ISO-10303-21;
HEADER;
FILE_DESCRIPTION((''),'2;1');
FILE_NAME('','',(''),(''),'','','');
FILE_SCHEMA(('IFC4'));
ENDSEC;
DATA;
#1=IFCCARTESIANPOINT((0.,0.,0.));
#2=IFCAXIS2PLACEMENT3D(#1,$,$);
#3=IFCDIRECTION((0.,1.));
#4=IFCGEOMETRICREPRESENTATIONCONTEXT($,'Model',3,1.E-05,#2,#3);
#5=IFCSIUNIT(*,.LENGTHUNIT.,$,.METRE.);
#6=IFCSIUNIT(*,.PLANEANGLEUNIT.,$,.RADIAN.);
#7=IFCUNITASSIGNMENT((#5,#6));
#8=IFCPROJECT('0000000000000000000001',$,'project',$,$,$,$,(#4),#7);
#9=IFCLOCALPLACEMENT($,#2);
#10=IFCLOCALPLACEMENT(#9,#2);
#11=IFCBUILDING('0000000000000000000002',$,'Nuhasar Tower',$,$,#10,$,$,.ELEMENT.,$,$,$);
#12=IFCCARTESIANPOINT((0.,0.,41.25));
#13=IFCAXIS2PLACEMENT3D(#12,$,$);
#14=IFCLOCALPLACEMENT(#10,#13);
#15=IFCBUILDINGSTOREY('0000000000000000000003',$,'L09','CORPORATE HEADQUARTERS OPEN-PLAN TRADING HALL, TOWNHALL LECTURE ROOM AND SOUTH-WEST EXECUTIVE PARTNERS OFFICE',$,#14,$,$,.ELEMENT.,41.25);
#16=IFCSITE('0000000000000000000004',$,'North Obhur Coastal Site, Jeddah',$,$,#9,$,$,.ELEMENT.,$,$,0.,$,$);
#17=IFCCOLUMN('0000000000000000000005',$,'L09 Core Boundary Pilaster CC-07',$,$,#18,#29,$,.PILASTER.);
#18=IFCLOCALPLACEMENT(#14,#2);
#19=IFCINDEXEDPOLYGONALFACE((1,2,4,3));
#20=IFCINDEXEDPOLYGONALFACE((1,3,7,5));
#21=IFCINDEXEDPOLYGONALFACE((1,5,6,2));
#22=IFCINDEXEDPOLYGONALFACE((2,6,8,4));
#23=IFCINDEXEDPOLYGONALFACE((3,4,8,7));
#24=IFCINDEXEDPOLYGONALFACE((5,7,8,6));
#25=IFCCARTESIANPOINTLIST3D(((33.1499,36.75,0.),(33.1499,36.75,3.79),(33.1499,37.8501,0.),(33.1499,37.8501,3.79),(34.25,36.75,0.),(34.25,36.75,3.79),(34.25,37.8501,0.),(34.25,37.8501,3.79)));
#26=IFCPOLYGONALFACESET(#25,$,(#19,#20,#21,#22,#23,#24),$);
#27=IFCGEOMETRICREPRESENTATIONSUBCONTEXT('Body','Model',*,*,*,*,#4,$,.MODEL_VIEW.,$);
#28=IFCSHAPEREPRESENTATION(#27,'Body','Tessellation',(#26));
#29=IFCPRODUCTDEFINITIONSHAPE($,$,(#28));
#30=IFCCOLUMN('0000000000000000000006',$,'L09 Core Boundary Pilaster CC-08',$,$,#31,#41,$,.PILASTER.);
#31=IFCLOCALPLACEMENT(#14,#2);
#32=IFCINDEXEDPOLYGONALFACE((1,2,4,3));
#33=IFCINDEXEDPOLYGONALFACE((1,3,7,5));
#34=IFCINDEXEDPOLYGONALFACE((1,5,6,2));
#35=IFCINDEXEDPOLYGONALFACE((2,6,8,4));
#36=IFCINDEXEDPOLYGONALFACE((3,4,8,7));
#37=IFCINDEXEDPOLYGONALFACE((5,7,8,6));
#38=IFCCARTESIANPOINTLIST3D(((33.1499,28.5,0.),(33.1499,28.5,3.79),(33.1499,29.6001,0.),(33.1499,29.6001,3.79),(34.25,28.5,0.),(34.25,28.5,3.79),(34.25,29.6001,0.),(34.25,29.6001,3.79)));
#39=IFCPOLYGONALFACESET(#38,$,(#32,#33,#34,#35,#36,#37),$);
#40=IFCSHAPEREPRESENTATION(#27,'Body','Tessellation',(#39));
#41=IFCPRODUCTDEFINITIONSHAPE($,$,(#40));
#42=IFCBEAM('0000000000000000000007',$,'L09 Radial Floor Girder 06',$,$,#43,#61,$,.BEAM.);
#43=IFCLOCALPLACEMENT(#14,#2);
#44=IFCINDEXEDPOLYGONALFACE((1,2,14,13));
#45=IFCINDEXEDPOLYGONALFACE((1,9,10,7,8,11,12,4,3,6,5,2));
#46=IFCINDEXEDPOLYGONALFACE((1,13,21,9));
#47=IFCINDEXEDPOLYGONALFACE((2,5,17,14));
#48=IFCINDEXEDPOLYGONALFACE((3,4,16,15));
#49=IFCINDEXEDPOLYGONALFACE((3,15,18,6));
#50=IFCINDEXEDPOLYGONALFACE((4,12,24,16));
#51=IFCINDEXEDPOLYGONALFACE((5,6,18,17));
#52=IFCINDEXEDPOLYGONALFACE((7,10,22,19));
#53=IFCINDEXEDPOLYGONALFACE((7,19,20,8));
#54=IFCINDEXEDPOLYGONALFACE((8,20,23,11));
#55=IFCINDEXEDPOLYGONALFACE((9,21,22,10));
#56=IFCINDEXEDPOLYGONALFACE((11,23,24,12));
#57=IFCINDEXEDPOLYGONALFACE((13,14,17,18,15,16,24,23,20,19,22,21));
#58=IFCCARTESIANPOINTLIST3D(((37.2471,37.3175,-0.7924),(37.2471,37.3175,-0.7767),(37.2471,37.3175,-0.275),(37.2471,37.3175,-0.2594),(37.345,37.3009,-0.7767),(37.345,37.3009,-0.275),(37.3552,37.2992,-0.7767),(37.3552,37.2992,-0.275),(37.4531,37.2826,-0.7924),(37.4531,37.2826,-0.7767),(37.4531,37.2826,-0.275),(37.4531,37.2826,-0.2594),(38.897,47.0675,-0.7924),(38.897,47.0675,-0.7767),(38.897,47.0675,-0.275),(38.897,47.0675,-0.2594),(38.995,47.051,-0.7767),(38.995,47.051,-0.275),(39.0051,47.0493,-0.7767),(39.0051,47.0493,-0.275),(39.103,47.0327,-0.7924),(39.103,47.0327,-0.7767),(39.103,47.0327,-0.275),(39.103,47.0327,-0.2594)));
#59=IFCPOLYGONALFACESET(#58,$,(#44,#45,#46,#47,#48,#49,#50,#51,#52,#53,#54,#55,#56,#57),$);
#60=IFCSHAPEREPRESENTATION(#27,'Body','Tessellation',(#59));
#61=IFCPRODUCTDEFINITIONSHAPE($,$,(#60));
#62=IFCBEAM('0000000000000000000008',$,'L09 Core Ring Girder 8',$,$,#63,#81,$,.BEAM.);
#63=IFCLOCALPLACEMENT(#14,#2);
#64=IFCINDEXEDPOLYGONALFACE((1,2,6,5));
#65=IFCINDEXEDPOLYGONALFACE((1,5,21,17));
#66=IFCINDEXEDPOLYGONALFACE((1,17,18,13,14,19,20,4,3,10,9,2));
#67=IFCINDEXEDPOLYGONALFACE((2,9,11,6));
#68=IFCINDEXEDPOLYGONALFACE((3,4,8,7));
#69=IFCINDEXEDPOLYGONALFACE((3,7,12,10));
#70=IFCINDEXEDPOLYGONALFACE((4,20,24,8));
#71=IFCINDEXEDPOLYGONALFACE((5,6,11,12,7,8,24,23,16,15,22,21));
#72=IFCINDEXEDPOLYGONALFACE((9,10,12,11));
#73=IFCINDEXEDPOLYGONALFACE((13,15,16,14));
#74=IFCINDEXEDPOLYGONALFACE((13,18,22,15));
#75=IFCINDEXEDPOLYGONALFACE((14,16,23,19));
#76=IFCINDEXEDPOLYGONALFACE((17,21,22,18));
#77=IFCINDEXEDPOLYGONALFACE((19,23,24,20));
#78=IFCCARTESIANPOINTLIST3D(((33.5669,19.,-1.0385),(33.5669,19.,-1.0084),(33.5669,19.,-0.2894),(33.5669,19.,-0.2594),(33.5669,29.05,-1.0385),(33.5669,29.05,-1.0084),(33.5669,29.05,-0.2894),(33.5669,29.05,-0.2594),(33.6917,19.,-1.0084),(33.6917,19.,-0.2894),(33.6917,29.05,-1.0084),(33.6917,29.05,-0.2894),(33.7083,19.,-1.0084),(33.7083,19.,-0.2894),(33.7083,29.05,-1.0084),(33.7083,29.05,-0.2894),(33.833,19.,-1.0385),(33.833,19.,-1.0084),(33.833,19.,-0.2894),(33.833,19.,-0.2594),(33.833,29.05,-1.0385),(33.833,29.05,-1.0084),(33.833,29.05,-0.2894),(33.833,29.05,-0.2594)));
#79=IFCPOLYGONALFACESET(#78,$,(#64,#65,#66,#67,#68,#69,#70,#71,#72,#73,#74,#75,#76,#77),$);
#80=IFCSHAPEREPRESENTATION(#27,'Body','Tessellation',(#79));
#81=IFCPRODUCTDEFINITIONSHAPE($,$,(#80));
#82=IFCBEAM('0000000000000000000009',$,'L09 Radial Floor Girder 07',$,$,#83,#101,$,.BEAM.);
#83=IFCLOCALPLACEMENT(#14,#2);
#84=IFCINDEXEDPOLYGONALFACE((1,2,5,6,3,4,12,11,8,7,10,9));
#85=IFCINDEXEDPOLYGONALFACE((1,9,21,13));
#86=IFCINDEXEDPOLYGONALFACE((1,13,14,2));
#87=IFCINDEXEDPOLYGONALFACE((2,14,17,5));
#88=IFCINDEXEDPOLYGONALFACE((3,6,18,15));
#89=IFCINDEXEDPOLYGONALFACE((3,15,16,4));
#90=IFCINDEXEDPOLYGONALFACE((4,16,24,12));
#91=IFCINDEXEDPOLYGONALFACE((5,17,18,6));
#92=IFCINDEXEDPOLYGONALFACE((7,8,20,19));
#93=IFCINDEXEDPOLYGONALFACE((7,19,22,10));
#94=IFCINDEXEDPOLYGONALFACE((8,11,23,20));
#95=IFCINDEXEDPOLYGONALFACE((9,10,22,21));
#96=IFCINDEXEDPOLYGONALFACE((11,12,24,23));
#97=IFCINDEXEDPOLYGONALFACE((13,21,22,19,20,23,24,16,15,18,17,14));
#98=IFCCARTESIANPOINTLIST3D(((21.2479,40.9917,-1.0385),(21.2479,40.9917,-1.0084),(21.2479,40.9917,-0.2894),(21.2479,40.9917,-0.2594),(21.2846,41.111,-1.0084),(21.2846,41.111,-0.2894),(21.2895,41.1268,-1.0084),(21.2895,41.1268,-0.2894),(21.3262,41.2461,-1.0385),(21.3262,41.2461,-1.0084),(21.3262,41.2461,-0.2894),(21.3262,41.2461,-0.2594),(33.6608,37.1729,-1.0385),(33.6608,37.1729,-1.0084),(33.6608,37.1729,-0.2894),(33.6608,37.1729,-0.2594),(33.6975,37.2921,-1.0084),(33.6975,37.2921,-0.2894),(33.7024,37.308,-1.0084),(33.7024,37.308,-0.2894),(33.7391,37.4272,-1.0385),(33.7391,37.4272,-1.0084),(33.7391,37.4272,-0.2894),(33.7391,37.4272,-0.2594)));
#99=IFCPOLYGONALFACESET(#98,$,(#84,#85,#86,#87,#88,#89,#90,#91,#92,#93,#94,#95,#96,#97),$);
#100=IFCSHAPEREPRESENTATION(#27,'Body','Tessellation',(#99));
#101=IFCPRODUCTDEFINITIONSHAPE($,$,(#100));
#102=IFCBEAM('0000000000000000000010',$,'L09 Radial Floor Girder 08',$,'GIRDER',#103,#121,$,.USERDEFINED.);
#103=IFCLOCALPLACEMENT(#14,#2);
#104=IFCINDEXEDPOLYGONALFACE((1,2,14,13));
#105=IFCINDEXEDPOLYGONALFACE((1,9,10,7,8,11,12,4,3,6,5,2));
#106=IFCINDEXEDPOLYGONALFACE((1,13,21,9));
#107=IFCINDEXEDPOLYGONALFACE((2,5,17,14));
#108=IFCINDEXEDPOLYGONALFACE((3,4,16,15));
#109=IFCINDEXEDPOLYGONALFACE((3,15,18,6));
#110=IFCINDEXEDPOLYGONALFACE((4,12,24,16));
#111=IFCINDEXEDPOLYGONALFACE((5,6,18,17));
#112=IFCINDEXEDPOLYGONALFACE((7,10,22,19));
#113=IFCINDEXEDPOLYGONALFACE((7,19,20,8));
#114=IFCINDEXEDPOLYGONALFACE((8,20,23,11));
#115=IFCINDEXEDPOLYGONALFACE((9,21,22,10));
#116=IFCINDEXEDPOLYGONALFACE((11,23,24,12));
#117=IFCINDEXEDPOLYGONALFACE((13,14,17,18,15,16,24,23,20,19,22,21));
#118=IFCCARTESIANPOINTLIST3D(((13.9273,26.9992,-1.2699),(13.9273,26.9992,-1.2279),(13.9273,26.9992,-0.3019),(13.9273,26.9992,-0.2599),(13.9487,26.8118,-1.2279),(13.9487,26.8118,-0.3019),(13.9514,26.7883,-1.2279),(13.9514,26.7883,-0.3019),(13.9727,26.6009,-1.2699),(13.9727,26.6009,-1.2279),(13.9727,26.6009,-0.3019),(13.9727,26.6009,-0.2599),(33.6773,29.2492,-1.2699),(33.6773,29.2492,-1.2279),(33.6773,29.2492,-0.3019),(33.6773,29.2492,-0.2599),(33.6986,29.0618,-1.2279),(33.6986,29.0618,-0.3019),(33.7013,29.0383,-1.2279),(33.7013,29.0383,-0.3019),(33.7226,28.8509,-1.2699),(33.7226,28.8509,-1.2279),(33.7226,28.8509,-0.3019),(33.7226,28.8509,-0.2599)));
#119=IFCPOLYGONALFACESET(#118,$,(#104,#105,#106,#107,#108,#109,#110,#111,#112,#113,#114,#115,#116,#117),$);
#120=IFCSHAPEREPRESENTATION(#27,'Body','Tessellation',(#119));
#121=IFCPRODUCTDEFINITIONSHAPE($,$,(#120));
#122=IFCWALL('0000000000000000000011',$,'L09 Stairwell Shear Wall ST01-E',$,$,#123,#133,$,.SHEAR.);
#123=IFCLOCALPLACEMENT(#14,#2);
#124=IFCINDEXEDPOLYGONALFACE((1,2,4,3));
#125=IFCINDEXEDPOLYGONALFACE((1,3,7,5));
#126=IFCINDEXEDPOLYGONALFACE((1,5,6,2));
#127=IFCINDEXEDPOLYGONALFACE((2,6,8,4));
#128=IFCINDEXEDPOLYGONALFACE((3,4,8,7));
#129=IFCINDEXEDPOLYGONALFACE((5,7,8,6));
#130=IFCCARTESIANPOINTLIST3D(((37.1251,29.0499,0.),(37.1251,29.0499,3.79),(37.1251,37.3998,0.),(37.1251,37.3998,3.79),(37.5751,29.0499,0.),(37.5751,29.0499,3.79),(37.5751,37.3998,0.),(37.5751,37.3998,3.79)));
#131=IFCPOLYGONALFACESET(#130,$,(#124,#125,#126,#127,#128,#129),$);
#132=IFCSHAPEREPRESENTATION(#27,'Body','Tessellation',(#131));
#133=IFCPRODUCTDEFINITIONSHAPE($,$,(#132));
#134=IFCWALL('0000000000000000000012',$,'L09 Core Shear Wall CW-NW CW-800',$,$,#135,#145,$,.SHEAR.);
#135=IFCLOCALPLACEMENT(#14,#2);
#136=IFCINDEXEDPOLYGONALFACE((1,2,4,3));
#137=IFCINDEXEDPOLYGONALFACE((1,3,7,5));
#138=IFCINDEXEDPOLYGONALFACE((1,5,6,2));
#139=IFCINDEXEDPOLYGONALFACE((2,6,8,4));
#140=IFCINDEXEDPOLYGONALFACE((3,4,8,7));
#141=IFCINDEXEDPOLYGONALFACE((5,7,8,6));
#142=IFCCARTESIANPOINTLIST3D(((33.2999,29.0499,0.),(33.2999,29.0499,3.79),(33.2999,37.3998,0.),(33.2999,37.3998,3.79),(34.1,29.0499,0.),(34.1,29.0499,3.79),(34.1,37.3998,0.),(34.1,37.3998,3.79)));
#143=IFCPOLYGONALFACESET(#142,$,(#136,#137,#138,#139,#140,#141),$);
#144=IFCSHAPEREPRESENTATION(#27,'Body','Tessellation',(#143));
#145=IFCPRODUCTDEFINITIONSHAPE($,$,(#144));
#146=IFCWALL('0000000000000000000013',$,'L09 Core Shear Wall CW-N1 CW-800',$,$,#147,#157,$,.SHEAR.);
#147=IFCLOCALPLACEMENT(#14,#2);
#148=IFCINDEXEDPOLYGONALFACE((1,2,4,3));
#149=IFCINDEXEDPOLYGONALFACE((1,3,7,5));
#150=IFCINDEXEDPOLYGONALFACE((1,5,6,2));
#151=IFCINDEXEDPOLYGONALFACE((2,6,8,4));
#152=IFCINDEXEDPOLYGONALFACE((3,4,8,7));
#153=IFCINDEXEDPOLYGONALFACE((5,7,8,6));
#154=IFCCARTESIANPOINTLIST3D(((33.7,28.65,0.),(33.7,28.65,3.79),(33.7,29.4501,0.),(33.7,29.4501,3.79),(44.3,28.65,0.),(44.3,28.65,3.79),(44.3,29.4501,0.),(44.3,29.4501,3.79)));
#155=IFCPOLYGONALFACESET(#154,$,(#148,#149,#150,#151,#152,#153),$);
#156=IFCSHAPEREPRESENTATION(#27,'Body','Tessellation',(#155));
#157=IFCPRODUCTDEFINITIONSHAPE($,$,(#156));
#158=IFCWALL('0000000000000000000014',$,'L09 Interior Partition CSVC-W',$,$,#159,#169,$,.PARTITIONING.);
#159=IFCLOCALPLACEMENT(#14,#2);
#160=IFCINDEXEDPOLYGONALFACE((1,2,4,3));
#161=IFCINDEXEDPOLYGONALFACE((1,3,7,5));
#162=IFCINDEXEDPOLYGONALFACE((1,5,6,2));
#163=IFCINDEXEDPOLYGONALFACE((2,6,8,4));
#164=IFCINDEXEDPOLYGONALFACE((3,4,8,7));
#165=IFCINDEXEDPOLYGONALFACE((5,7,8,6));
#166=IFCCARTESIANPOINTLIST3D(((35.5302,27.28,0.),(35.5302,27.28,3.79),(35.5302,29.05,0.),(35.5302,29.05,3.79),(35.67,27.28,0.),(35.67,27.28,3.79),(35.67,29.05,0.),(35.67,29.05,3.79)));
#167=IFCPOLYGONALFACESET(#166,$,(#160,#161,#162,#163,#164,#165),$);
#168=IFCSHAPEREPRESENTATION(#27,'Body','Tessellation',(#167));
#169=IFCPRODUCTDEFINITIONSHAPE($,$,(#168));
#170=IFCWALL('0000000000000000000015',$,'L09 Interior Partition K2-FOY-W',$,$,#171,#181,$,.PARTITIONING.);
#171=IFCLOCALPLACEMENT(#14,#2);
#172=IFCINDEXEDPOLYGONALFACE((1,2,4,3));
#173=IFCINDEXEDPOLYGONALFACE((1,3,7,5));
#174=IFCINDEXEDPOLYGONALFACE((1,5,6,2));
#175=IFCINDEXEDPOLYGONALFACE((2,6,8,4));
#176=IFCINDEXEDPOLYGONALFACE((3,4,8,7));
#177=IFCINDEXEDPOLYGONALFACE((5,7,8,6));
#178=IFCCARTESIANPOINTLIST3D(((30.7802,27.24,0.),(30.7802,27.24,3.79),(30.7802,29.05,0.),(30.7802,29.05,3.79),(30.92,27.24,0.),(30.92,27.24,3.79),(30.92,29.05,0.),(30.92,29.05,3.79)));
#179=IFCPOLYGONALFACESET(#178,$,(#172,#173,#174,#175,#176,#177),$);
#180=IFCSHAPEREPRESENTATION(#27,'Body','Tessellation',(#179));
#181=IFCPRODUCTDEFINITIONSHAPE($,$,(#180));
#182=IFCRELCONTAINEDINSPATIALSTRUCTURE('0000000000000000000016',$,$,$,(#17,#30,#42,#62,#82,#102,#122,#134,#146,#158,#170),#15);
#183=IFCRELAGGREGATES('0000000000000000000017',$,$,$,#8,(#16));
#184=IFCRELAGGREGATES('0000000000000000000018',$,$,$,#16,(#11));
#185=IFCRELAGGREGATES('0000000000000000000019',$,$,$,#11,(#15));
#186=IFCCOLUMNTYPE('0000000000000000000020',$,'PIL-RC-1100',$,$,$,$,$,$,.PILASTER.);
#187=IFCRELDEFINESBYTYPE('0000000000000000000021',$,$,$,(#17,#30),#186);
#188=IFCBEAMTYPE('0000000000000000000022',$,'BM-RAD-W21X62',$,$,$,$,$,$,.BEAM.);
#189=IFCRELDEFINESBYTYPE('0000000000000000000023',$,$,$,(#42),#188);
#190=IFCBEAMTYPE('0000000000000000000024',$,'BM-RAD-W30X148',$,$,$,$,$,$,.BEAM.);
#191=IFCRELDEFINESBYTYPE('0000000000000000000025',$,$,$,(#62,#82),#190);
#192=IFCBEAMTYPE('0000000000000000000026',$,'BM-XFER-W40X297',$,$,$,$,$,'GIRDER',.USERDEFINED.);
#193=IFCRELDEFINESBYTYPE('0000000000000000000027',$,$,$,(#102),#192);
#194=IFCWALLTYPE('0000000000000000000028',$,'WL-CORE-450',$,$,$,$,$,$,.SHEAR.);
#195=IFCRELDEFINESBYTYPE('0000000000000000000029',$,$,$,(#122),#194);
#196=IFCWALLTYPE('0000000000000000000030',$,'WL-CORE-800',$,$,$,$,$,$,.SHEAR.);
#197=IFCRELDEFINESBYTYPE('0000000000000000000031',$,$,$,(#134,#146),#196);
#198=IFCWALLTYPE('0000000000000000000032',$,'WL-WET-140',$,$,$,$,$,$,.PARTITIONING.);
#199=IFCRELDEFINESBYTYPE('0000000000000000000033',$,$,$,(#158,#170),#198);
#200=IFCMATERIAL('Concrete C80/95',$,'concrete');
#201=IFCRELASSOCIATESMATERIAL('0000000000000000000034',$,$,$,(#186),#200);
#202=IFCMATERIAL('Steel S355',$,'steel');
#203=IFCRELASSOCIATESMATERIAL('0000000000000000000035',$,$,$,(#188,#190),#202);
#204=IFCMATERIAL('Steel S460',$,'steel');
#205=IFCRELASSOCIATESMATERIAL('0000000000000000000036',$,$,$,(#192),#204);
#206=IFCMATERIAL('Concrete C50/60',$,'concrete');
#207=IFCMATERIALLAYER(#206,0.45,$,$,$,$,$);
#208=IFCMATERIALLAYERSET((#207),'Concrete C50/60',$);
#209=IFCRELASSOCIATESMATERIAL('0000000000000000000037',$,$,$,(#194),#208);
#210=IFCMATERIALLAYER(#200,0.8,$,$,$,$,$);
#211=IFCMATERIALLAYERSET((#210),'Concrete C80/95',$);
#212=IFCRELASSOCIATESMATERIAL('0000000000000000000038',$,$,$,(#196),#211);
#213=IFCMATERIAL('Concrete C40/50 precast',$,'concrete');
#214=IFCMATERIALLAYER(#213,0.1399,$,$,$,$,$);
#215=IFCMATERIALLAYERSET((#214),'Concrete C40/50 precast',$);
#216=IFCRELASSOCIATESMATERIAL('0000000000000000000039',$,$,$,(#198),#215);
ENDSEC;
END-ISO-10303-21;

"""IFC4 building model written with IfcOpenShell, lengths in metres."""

from ifc_helpers import new_model, si_unit, direction, frame, frame_2d, origin, origin_2d, place, context, subcontext, project, spatial, rectangle, i_section, extrude, material, layer, layer_set, material_profile, profile_set, type_object, element, save


model = new_model("IFC4")

# Units and contexts
model_context = context("Model", 3, precision=1e-05, world=origin(), true_north=direction((0.0, 1.0)))
body_context = subcontext(model_context, "Body", "Model", "MODEL_VIEW")
ifc_project = project(units=[si_unit("LENGTHUNIT", "METRE"), si_unit("PLANEANGLEUNIT", "RADIAN")], contexts=[model_context])

# Site, building, storey
site_placement = place(None, origin())
site = spatial("IfcSite", under=ifc_project, at=site_placement, Name="North Obhur Coastal Site, Jeddah", CompositionType="ELEMENT", RefElevation=0.0)
building_placement = place(site_placement, origin())
building = spatial("IfcBuilding", under=site, at=building_placement, Name="Nuhasar Tower", CompositionType="ELEMENT")
storey_placement = place(building_placement, frame((0.0, 0.0, 41.25)))
storey = spatial("IfcBuildingStorey", under=building, at=storey_placement, Name="L09", Description="CORPORATE HEADQUARTERS OPEN-PLAN TRADING HALL, TOWNHALL LECTURE ROOM AND SOUTH-WEST EXECUTIVE PARTNERS OFFICE", CompositionType="ELEMENT", Elevation=41.25)

# Columns
ifc_material_1 = material(Name="Concrete C80/95", Category="concrete")
ifc_material_profile_1 = material_profile(ifc_material_1, rectangle(XDim=1.1001, YDim=1.1001, at=origin_2d()), Name="RC1100X1100")
ifc_profile_set_1 = profile_set([ifc_material_profile_1], Name="Concrete C80/95")
column_type = type_object("IfcColumnType", Name="PIL-RC-1100", PredefinedType="PILASTER", material=ifc_profile_set_1)
for number, where, z_axis, x_axis, name in (
    (1, (33.7, 37.3, 0.0), (0.0, 0.0, 1.0), (1.0, 0.0, 0.0), "L09 Core Boundary Pilaster CC-07"),
    (2, (33.7, 29.05, 0.0), (0.0, 0.0, 1.0), (1.0, 0.0, 0.0), "L09 Core Boundary Pilaster CC-08"),
):
    element("IfcColumn", number, at=place(storey_placement, frame(where, z_axis=z_axis, x_axis=x_axis)), inside=storey, type_object=column_type, Name=name, PredefinedType="PILASTER", context=body_context, shape_type="SweptSolid", body=[
        extrude(rectangle(XDim=1.1001, YDim=1.1001, at=origin_2d()), origin(), (0.0, 0.0, 1.0), 3.79),
    ])

# Beams
ifc_material_2 = material(Name="Steel S355", Category="steel")
ifc_material_profile_2 = material_profile(ifc_material_2, i_section(OverallWidth=0.209, OverallDepth=0.533, WebThickness=0.0103, FlangeThickness=0.0156, at=origin_2d()), Name="W21X62")
ifc_profile_set_2 = profile_set([ifc_material_profile_2], Name="Steel S355")
beam_type_1 = type_object("IfcBeamType", Name="BM-RAD-W21X62", PredefinedType="BEAM", material=ifc_profile_set_2)
beam_1_placement = place(storey_placement, frame((37.3501, 37.3, -0.5259), z_axis=(0.166849, 0.985983, 0.0), x_axis=(-0.985983, 0.166849, 0.0)))
element("IfcBeam", 3, at=beam_1_placement, inside=storey, type_object=beam_type_1, Name="L09 Radial Floor Girder 06", PredefinedType="BEAM", context=body_context, shape_type="SweptSolid", body=[
    extrude(i_section(OverallWidth=0.209, OverallDepth=0.533, WebThickness=0.0103, FlangeThickness=0.0156, at=origin_2d()), origin(), (0.0, 0.0, 1.0), 9.8887),
])
ifc_material_profile_3 = material_profile(ifc_material_2, i_section(OverallWidth=0.2661, OverallDepth=0.7791, WebThickness=0.0166, FlangeThickness=0.03, at=origin_2d()), Name="W30X148")
ifc_profile_set_3 = profile_set([ifc_material_profile_3], Name="Steel S355")
beam_type_2 = type_object("IfcBeamType", Name="BM-RAD-W30X148", PredefinedType="BEAM", material=ifc_profile_set_3)
beam_2_placement = place(storey_placement, frame((33.7, 29.05, -0.6489), z_axis=(0.0, -1.0, 0.0), x_axis=(1.0, 0.0, 0.0)))
element("IfcBeam", 4, at=beam_2_placement, inside=storey, type_object=beam_type_2, Name="L09 Core Ring Girder 8", PredefinedType="BEAM", context=body_context, shape_type="SweptSolid", body=[
    extrude(i_section(OverallWidth=0.2661, OverallDepth=0.7791, WebThickness=0.0166, FlangeThickness=0.03, at=origin_2d()), origin(), (0.0, 0.0, 1.0), 10.05),
])
beam_3_placement = place(storey_placement, frame((33.7, 37.3, -0.6489), z_axis=(-0.95579, 0.294052, 0.0), x_axis=(-0.294052, -0.95579, 0.0)))
element("IfcBeam", 5, at=beam_3_placement, inside=storey, type_object=beam_type_2, Name="L09 Radial Floor Girder 07", PredefinedType="BEAM", context=body_context, shape_type="SweptSolid", body=[
    extrude(i_section(OverallWidth=0.2661, OverallDepth=0.7791, WebThickness=0.0166, FlangeThickness=0.03, at=origin_2d()), origin(), (0.0, 0.0, 1.0), 12.9871),
])
ifc_material_3 = material(Name="Steel S460", Category="steel")
ifc_material_profile_4 = material_profile(ifc_material_3, i_section(OverallWidth=0.4009, OverallDepth=1.01, WebThickness=0.0237, FlangeThickness=0.042, at=origin_2d()), Name="W40X297")
ifc_profile_set_4 = profile_set([ifc_material_profile_4], Name="Steel S460")
beam_type_3 = type_object("IfcBeamType", Name="BM-XFER-W40X297", ElementType="GIRDER", PredefinedType="USERDEFINED", material=ifc_profile_set_4)
beam_4_placement = place(storey_placement, frame((33.7, 29.05, -0.7649), z_axis=(-0.993573, -0.113192, 0.0), x_axis=(0.113192, -0.993573, 0.0)))
element("IfcBeam", 6, at=beam_4_placement, inside=storey, type_object=beam_type_3, Name="L09 Radial Floor Girder 08", ObjectType="GIRDER", PredefinedType="USERDEFINED", context=body_context, shape_type="SweptSolid", body=[
    extrude(i_section(OverallWidth=0.4009, OverallDepth=1.01, WebThickness=0.0237, FlangeThickness=0.042, at=origin_2d()), origin(), (0.0, 0.0, 1.0), 19.8777),
])

# Walls
ifc_material_4 = material(Name="Concrete C50/60", Category="concrete")
ifc_layer_1 = layer(ifc_material_4, 0.45)
ifc_layer_set_1 = layer_set([ifc_layer_1], Name="Concrete C50/60")
wall_type_1 = type_object("IfcWallType", Name="WL-CORE-450", PredefinedType="SHEAR", material=ifc_layer_set_1)
wall_1_placement = place(storey_placement, frame((37.3501, 29.05, 0.0), z_axis=(0.0, 0.0, 1.0), x_axis=(0.0, 1.0, 0.0)))
element("IfcWall", 7, at=wall_1_placement, inside=storey, type_object=wall_type_1, Name="L09 Stairwell Shear Wall ST01-E", PredefinedType="SHEAR", context=body_context, shape_type="SweptSolid", body=[
    extrude(rectangle(XDim=8.3499, YDim=0.45, at=frame_2d((4.1748, 0.0))), origin(), (0.0, 0.0, 1.0), 3.79),
])
ifc_layer_2 = layer(ifc_material_1, 0.8)
ifc_layer_set_2 = layer_set([ifc_layer_2], Name="Concrete C80/95")
wall_type_2 = type_object("IfcWallType", Name="WL-CORE-800", PredefinedType="SHEAR", material=ifc_layer_set_2)
wall_2_placement = place(storey_placement, frame((33.7, 29.05, 0.0), z_axis=(0.0, 0.0, 1.0), x_axis=(0.0, 1.0, 0.0)))
element("IfcWall", 8, at=wall_2_placement, inside=storey, type_object=wall_type_2, Name="L09 Core Shear Wall CW-NW CW-800", PredefinedType="SHEAR", context=body_context, shape_type="SweptSolid", body=[
    extrude(rectangle(XDim=8.3499, YDim=0.8, at=frame_2d((4.1748, 0.0))), origin(), (0.0, 0.0, 1.0), 3.79),
])
wall_3_placement = place(storey_placement, frame((33.7, 29.05, 0.0), z_axis=(0.0, 0.0, 1.0), x_axis=(1.0, 0.0, 0.0)))
element("IfcWall", 9, at=wall_3_placement, inside=storey, type_object=wall_type_2, Name="L09 Core Shear Wall CW-N1 CW-800", PredefinedType="SHEAR", context=body_context, shape_type="SweptSolid", body=[
    extrude(rectangle(XDim=10.6001, YDim=0.8, at=frame_2d((5.3, 0.0))), origin(), (0.0, 0.0, 1.0), 3.79),
])
ifc_material_5 = material(Name="Concrete C40/50 precast", Category="concrete")
ifc_layer_3 = layer(ifc_material_5, 0.1399)
ifc_layer_set_3 = layer_set([ifc_layer_3], Name="Concrete C40/50 precast")
wall_type_3 = type_object("IfcWallType", Name="WL-WET-140", PredefinedType="PARTITIONING", material=ifc_layer_set_3)
wall_4_placement = place(storey_placement, frame((35.6001, 27.28, 0.0), z_axis=(0.0, 0.0, 1.0), x_axis=(0.0, 1.0, 0.0)))
element("IfcWall", 10, at=wall_4_placement, inside=storey, type_object=wall_type_3, Name="L09 Interior Partition CSVC-W", PredefinedType="PARTITIONING", context=body_context, shape_type="SweptSolid", body=[
    extrude(rectangle(XDim=1.77, YDim=0.1399, at=frame_2d((0.885, 0.0))), origin(), (0.0, 0.0, 1.0), 3.79),
])
wall_5_placement = place(storey_placement, frame((30.8501, 27.24, 0.0), z_axis=(0.0, 0.0, 1.0), x_axis=(0.0, 1.0, 0.0)))
element("IfcWall", 11, at=wall_5_placement, inside=storey, type_object=wall_type_3, Name="L09 Interior Partition K2-FOY-W", PredefinedType="PARTITIONING", context=body_context, shape_type="SweptSolid", body=[
    extrude(rectangle(XDim=1.8101, YDim=0.1399, at=frame_2d((0.905, 0.0))), origin(), (0.0, 0.0, 1.0), 3.79),
])

save(model, "model.ifc")
